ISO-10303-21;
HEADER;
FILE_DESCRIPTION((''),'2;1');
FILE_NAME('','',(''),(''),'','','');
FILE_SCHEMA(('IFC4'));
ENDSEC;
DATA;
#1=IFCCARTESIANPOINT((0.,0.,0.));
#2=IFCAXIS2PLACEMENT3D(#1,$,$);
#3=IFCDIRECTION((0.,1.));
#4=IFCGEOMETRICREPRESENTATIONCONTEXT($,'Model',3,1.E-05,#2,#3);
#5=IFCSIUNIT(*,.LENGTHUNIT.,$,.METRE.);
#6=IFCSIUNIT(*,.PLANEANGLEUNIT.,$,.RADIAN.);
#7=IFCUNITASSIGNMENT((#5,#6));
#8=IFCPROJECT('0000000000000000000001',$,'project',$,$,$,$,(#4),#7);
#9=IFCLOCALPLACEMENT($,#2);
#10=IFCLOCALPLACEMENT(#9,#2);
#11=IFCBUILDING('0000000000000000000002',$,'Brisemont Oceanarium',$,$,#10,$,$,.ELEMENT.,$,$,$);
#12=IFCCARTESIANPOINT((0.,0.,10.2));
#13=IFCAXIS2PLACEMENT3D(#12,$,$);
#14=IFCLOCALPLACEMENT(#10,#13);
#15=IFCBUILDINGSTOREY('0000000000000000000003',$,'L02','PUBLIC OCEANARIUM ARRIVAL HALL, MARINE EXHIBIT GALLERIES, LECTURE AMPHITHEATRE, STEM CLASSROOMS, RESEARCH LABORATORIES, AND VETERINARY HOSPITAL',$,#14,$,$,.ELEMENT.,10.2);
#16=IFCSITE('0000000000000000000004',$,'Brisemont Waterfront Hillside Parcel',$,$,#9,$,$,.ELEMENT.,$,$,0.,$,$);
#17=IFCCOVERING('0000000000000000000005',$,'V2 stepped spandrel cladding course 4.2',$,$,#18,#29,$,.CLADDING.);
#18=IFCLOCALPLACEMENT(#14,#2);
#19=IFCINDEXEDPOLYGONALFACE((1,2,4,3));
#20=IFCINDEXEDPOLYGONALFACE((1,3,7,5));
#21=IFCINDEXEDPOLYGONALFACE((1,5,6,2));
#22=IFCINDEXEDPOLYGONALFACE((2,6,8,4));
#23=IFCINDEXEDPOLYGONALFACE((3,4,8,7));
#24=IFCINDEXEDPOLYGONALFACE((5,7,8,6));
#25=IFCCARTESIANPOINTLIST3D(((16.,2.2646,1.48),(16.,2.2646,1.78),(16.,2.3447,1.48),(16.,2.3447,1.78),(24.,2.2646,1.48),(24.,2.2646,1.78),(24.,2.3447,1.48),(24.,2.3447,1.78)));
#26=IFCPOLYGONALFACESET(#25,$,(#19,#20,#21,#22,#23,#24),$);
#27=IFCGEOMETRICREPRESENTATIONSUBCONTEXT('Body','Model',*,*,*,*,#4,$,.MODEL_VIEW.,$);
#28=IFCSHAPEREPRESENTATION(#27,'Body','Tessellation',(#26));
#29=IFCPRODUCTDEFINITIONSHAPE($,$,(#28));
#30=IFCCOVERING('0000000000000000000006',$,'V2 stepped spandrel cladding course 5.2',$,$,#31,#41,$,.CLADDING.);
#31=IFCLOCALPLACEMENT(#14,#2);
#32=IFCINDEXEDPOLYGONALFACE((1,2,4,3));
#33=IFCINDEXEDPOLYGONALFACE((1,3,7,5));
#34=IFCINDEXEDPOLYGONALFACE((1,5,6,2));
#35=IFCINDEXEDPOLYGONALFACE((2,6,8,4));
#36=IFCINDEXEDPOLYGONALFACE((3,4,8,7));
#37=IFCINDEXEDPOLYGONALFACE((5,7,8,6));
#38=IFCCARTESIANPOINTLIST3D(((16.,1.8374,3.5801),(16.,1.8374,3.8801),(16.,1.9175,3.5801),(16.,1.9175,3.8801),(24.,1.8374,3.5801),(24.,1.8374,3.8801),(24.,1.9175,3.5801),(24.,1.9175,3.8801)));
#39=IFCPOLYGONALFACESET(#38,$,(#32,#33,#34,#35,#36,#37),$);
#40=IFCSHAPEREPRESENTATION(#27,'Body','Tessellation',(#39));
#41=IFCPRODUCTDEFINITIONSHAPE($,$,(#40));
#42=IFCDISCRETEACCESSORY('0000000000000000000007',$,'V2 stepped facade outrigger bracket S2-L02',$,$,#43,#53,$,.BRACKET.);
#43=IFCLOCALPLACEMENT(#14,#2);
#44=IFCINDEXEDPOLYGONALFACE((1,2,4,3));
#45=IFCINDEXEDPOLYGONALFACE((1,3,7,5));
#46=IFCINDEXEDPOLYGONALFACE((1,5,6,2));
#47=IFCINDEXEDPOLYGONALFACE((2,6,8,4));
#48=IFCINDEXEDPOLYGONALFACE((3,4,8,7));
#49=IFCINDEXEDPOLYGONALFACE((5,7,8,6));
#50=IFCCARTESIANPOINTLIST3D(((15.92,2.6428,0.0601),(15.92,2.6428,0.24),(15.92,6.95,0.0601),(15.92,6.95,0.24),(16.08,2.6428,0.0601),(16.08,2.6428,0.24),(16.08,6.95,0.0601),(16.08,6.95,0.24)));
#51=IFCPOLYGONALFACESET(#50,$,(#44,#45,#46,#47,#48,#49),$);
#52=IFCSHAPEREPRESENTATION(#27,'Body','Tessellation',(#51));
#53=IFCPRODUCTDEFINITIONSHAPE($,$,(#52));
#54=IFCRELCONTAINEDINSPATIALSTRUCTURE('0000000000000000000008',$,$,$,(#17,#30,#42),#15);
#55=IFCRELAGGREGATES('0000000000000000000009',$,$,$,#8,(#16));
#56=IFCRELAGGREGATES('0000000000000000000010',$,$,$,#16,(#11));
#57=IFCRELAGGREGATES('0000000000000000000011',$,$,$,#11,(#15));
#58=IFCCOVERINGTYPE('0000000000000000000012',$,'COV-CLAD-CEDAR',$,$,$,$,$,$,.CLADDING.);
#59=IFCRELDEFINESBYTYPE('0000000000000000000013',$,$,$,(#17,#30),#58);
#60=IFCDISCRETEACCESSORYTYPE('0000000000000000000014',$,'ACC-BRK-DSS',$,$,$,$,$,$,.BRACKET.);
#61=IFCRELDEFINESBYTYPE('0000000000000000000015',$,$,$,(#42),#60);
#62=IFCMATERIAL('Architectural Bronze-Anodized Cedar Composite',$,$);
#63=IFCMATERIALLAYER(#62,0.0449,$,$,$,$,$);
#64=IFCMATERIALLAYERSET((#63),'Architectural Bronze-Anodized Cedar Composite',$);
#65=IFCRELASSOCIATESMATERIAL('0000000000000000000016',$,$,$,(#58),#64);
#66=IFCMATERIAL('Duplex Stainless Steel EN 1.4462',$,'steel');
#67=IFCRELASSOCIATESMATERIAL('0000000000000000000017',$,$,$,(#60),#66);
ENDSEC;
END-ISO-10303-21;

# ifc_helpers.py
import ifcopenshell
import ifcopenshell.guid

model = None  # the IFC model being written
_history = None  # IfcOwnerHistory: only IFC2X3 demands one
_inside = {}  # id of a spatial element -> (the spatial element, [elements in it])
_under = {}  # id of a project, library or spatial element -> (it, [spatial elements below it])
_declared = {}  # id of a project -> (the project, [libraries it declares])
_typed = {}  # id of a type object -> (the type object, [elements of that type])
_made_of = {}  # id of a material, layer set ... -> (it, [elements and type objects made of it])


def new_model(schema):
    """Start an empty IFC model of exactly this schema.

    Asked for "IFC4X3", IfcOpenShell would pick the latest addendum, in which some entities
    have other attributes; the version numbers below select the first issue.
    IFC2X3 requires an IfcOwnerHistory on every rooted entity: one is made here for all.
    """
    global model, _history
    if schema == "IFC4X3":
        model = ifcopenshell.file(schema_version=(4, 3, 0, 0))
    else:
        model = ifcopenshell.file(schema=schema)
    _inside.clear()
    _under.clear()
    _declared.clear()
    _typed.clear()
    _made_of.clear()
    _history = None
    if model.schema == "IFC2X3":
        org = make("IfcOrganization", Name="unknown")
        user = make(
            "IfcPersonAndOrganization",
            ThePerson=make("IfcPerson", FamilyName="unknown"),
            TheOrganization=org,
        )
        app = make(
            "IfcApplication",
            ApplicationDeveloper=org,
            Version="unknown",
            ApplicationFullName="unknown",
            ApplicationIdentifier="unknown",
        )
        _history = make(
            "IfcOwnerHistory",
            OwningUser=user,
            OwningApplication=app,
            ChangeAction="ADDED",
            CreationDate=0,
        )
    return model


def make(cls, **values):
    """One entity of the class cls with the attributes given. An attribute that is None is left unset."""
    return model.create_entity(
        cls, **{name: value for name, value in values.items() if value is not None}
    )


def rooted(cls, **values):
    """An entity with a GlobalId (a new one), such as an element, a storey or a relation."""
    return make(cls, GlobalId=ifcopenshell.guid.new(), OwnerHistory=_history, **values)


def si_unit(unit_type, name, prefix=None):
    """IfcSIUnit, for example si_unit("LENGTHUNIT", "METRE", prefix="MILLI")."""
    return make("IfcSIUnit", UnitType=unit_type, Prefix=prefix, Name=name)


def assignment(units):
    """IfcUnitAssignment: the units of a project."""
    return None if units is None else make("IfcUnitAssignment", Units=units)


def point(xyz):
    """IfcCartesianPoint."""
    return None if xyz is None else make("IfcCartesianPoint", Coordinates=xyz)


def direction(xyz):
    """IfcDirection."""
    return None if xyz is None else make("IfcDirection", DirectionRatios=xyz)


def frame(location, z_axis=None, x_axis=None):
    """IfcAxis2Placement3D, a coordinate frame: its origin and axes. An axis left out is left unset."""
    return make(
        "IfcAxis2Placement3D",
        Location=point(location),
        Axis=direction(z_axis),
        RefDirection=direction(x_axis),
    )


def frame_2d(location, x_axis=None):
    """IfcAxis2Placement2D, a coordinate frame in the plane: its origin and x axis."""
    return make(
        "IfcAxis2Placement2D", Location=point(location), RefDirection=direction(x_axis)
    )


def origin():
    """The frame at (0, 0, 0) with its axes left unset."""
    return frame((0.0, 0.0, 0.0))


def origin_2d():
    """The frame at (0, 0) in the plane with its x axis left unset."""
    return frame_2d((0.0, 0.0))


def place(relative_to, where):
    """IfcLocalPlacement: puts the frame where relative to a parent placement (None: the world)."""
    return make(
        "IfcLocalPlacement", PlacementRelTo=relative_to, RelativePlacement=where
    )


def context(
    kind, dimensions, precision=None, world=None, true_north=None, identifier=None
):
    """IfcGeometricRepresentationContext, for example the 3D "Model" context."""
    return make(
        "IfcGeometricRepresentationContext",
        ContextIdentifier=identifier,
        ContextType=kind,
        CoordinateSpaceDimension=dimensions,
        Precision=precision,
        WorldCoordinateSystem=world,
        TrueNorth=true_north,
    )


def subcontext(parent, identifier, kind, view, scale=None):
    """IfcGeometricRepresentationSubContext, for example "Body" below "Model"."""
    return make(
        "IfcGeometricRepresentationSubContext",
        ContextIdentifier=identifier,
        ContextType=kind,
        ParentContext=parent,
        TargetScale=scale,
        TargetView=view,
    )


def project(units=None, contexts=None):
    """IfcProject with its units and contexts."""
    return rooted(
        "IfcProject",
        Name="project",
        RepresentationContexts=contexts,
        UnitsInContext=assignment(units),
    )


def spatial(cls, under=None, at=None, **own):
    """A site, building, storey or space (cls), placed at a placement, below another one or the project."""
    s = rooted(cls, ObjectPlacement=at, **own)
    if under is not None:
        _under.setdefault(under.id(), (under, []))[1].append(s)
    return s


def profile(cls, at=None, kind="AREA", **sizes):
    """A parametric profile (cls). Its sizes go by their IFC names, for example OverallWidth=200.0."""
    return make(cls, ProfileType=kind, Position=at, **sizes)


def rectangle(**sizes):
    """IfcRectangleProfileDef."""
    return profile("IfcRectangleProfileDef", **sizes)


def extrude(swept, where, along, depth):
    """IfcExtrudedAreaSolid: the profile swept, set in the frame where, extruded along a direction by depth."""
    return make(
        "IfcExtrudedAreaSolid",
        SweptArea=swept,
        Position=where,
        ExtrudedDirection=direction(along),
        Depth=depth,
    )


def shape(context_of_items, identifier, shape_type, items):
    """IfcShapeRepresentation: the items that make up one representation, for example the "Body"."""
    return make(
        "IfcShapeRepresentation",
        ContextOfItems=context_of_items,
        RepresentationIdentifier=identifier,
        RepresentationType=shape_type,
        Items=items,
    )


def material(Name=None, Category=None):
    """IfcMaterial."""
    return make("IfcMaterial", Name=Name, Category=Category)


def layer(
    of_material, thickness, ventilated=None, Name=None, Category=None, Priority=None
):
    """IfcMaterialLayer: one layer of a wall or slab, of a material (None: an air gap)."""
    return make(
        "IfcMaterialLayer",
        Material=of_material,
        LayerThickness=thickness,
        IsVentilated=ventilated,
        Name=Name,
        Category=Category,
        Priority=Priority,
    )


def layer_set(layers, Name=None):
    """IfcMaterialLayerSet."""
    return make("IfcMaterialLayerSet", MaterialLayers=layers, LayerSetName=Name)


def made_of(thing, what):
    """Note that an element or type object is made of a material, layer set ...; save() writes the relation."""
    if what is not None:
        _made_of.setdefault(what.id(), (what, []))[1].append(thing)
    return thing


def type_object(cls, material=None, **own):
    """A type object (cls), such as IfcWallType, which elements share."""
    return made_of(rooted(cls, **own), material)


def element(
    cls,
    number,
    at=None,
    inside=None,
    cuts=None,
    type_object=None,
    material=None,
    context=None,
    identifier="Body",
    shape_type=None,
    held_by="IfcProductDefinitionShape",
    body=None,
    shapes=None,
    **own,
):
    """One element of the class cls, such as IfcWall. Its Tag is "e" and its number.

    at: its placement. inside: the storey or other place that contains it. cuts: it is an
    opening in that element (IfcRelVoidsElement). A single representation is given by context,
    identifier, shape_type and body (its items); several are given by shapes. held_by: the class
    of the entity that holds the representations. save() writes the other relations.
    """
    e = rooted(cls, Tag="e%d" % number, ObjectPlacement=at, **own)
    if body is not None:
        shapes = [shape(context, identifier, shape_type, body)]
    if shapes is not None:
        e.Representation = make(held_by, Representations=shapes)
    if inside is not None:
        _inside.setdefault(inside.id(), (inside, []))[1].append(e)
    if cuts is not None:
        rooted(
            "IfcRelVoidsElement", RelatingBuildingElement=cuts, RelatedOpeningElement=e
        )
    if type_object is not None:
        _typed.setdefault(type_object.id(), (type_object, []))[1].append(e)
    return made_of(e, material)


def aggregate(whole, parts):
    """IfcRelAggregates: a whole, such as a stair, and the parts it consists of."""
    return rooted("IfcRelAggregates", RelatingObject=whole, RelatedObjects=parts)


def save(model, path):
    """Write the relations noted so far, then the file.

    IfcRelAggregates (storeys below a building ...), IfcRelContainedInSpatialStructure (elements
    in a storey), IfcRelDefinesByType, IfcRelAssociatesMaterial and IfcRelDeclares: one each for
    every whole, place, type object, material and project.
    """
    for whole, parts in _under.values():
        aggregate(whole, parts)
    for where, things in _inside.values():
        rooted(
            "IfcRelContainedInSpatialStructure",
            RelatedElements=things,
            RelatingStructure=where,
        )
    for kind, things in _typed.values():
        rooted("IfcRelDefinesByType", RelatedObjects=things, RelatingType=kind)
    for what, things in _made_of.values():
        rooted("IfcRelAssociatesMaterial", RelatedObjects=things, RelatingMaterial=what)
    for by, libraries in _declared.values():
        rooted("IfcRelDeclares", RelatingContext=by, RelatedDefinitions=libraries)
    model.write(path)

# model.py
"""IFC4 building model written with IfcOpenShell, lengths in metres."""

from ifc_helpers import new_model, si_unit, direction, frame, origin, origin_2d, place, context, subcontext, project, spatial, rectangle, extrude, material, layer, layer_set, type_object, element, save


model = new_model("IFC4")

# Units and contexts
model_context = context("Model", 3, precision=1e-05, world=origin(), true_north=direction((0.0, 1.0)))
body_context = subcontext(model_context, "Body", "Model", "MODEL_VIEW")
ifc_project = project(units=[si_unit("LENGTHUNIT", "METRE"), si_unit("PLANEANGLEUNIT", "RADIAN")], contexts=[model_context])

# Site, building, storey
site_placement = place(None, origin())
site = spatial("IfcSite", under=ifc_project, at=site_placement, Name="Brisemont Waterfront Hillside Parcel", CompositionType="ELEMENT", RefElevation=0.0)
building_placement = place(site_placement, origin())
building = spatial("IfcBuilding", under=site, at=building_placement, Name="Brisemont Oceanarium", CompositionType="ELEMENT")
storey_placement = place(building_placement, frame((0.0, 0.0, 10.2)))
storey = spatial("IfcBuildingStorey", under=building, at=storey_placement, Name="L02", Description="PUBLIC OCEANARIUM ARRIVAL HALL, MARINE EXHIBIT GALLERIES, LECTURE AMPHITHEATRE, STEM CLASSROOMS, RESEARCH LABORATORIES, AND VETERINARY HOSPITAL", CompositionType="ELEMENT", Elevation=10.2)

# Coverings
ifc_material_1 = material(Name="Architectural Bronze-Anodized Cedar Composite")
ifc_layer_1 = layer(ifc_material_1, 0.0449)
ifc_layer_set_1 = layer_set([ifc_layer_1], Name="Architectural Bronze-Anodized Cedar Composite")
covering_type = type_object("IfcCoveringType", Name="COV-CLAD-CEDAR", PredefinedType="CLADDING", material=ifc_layer_set_1)
for number, where, z_axis, x_axis, name in (
    (1, (20.0, 2.3047, 1.48), (0.0, 0.0, 1.0), (1.0, 0.0, 0.0), "V2 stepped spandrel cladding course 4.2"),
    (2, (20.0, 1.8774, 3.5801), (0.0, 0.0, 1.0), (1.0, 0.0, 0.0), "V2 stepped spandrel cladding course 5.2"),
):
    element("IfcCovering", number, at=place(storey_placement, frame(where, z_axis=z_axis, x_axis=x_axis)), inside=storey, type_object=covering_type, Name=name, PredefinedType="CLADDING", context=body_context, shape_type="SweptSolid", body=[
        extrude(rectangle(XDim=8.0, YDim=0.0801, at=origin_2d()), origin(), (0.0, 0.0, 1.0), 0.3),
    ])

# Discrete accessory
ifc_material_2 = material(Name="Duplex Stainless Steel EN 1.4462", Category="steel")
discrete_accessory_type = type_object("IfcDiscreteAccessoryType", Name="ACC-BRK-DSS", PredefinedType="BRACKET", material=ifc_material_2)
discrete_accessory_placement = place(storey_placement, frame((16.0, 4.7964, 0.0601), z_axis=(0.0, 0.0, 1.0), x_axis=(1.0, 0.0, 0.0)))
element("IfcDiscreteAccessory", 3, at=discrete_accessory_placement, inside=storey, type_object=discrete_accessory_type, Name="V2 stepped facade outrigger bracket S2-L02", PredefinedType="BRACKET", context=body_context, shape_type="SweptSolid", body=[
    extrude(rectangle(XDim=0.1599, YDim=4.3071, at=origin_2d()), origin(), (0.0, 0.0, 1.0), 0.1799),
])

save(model, "model.ifc")
